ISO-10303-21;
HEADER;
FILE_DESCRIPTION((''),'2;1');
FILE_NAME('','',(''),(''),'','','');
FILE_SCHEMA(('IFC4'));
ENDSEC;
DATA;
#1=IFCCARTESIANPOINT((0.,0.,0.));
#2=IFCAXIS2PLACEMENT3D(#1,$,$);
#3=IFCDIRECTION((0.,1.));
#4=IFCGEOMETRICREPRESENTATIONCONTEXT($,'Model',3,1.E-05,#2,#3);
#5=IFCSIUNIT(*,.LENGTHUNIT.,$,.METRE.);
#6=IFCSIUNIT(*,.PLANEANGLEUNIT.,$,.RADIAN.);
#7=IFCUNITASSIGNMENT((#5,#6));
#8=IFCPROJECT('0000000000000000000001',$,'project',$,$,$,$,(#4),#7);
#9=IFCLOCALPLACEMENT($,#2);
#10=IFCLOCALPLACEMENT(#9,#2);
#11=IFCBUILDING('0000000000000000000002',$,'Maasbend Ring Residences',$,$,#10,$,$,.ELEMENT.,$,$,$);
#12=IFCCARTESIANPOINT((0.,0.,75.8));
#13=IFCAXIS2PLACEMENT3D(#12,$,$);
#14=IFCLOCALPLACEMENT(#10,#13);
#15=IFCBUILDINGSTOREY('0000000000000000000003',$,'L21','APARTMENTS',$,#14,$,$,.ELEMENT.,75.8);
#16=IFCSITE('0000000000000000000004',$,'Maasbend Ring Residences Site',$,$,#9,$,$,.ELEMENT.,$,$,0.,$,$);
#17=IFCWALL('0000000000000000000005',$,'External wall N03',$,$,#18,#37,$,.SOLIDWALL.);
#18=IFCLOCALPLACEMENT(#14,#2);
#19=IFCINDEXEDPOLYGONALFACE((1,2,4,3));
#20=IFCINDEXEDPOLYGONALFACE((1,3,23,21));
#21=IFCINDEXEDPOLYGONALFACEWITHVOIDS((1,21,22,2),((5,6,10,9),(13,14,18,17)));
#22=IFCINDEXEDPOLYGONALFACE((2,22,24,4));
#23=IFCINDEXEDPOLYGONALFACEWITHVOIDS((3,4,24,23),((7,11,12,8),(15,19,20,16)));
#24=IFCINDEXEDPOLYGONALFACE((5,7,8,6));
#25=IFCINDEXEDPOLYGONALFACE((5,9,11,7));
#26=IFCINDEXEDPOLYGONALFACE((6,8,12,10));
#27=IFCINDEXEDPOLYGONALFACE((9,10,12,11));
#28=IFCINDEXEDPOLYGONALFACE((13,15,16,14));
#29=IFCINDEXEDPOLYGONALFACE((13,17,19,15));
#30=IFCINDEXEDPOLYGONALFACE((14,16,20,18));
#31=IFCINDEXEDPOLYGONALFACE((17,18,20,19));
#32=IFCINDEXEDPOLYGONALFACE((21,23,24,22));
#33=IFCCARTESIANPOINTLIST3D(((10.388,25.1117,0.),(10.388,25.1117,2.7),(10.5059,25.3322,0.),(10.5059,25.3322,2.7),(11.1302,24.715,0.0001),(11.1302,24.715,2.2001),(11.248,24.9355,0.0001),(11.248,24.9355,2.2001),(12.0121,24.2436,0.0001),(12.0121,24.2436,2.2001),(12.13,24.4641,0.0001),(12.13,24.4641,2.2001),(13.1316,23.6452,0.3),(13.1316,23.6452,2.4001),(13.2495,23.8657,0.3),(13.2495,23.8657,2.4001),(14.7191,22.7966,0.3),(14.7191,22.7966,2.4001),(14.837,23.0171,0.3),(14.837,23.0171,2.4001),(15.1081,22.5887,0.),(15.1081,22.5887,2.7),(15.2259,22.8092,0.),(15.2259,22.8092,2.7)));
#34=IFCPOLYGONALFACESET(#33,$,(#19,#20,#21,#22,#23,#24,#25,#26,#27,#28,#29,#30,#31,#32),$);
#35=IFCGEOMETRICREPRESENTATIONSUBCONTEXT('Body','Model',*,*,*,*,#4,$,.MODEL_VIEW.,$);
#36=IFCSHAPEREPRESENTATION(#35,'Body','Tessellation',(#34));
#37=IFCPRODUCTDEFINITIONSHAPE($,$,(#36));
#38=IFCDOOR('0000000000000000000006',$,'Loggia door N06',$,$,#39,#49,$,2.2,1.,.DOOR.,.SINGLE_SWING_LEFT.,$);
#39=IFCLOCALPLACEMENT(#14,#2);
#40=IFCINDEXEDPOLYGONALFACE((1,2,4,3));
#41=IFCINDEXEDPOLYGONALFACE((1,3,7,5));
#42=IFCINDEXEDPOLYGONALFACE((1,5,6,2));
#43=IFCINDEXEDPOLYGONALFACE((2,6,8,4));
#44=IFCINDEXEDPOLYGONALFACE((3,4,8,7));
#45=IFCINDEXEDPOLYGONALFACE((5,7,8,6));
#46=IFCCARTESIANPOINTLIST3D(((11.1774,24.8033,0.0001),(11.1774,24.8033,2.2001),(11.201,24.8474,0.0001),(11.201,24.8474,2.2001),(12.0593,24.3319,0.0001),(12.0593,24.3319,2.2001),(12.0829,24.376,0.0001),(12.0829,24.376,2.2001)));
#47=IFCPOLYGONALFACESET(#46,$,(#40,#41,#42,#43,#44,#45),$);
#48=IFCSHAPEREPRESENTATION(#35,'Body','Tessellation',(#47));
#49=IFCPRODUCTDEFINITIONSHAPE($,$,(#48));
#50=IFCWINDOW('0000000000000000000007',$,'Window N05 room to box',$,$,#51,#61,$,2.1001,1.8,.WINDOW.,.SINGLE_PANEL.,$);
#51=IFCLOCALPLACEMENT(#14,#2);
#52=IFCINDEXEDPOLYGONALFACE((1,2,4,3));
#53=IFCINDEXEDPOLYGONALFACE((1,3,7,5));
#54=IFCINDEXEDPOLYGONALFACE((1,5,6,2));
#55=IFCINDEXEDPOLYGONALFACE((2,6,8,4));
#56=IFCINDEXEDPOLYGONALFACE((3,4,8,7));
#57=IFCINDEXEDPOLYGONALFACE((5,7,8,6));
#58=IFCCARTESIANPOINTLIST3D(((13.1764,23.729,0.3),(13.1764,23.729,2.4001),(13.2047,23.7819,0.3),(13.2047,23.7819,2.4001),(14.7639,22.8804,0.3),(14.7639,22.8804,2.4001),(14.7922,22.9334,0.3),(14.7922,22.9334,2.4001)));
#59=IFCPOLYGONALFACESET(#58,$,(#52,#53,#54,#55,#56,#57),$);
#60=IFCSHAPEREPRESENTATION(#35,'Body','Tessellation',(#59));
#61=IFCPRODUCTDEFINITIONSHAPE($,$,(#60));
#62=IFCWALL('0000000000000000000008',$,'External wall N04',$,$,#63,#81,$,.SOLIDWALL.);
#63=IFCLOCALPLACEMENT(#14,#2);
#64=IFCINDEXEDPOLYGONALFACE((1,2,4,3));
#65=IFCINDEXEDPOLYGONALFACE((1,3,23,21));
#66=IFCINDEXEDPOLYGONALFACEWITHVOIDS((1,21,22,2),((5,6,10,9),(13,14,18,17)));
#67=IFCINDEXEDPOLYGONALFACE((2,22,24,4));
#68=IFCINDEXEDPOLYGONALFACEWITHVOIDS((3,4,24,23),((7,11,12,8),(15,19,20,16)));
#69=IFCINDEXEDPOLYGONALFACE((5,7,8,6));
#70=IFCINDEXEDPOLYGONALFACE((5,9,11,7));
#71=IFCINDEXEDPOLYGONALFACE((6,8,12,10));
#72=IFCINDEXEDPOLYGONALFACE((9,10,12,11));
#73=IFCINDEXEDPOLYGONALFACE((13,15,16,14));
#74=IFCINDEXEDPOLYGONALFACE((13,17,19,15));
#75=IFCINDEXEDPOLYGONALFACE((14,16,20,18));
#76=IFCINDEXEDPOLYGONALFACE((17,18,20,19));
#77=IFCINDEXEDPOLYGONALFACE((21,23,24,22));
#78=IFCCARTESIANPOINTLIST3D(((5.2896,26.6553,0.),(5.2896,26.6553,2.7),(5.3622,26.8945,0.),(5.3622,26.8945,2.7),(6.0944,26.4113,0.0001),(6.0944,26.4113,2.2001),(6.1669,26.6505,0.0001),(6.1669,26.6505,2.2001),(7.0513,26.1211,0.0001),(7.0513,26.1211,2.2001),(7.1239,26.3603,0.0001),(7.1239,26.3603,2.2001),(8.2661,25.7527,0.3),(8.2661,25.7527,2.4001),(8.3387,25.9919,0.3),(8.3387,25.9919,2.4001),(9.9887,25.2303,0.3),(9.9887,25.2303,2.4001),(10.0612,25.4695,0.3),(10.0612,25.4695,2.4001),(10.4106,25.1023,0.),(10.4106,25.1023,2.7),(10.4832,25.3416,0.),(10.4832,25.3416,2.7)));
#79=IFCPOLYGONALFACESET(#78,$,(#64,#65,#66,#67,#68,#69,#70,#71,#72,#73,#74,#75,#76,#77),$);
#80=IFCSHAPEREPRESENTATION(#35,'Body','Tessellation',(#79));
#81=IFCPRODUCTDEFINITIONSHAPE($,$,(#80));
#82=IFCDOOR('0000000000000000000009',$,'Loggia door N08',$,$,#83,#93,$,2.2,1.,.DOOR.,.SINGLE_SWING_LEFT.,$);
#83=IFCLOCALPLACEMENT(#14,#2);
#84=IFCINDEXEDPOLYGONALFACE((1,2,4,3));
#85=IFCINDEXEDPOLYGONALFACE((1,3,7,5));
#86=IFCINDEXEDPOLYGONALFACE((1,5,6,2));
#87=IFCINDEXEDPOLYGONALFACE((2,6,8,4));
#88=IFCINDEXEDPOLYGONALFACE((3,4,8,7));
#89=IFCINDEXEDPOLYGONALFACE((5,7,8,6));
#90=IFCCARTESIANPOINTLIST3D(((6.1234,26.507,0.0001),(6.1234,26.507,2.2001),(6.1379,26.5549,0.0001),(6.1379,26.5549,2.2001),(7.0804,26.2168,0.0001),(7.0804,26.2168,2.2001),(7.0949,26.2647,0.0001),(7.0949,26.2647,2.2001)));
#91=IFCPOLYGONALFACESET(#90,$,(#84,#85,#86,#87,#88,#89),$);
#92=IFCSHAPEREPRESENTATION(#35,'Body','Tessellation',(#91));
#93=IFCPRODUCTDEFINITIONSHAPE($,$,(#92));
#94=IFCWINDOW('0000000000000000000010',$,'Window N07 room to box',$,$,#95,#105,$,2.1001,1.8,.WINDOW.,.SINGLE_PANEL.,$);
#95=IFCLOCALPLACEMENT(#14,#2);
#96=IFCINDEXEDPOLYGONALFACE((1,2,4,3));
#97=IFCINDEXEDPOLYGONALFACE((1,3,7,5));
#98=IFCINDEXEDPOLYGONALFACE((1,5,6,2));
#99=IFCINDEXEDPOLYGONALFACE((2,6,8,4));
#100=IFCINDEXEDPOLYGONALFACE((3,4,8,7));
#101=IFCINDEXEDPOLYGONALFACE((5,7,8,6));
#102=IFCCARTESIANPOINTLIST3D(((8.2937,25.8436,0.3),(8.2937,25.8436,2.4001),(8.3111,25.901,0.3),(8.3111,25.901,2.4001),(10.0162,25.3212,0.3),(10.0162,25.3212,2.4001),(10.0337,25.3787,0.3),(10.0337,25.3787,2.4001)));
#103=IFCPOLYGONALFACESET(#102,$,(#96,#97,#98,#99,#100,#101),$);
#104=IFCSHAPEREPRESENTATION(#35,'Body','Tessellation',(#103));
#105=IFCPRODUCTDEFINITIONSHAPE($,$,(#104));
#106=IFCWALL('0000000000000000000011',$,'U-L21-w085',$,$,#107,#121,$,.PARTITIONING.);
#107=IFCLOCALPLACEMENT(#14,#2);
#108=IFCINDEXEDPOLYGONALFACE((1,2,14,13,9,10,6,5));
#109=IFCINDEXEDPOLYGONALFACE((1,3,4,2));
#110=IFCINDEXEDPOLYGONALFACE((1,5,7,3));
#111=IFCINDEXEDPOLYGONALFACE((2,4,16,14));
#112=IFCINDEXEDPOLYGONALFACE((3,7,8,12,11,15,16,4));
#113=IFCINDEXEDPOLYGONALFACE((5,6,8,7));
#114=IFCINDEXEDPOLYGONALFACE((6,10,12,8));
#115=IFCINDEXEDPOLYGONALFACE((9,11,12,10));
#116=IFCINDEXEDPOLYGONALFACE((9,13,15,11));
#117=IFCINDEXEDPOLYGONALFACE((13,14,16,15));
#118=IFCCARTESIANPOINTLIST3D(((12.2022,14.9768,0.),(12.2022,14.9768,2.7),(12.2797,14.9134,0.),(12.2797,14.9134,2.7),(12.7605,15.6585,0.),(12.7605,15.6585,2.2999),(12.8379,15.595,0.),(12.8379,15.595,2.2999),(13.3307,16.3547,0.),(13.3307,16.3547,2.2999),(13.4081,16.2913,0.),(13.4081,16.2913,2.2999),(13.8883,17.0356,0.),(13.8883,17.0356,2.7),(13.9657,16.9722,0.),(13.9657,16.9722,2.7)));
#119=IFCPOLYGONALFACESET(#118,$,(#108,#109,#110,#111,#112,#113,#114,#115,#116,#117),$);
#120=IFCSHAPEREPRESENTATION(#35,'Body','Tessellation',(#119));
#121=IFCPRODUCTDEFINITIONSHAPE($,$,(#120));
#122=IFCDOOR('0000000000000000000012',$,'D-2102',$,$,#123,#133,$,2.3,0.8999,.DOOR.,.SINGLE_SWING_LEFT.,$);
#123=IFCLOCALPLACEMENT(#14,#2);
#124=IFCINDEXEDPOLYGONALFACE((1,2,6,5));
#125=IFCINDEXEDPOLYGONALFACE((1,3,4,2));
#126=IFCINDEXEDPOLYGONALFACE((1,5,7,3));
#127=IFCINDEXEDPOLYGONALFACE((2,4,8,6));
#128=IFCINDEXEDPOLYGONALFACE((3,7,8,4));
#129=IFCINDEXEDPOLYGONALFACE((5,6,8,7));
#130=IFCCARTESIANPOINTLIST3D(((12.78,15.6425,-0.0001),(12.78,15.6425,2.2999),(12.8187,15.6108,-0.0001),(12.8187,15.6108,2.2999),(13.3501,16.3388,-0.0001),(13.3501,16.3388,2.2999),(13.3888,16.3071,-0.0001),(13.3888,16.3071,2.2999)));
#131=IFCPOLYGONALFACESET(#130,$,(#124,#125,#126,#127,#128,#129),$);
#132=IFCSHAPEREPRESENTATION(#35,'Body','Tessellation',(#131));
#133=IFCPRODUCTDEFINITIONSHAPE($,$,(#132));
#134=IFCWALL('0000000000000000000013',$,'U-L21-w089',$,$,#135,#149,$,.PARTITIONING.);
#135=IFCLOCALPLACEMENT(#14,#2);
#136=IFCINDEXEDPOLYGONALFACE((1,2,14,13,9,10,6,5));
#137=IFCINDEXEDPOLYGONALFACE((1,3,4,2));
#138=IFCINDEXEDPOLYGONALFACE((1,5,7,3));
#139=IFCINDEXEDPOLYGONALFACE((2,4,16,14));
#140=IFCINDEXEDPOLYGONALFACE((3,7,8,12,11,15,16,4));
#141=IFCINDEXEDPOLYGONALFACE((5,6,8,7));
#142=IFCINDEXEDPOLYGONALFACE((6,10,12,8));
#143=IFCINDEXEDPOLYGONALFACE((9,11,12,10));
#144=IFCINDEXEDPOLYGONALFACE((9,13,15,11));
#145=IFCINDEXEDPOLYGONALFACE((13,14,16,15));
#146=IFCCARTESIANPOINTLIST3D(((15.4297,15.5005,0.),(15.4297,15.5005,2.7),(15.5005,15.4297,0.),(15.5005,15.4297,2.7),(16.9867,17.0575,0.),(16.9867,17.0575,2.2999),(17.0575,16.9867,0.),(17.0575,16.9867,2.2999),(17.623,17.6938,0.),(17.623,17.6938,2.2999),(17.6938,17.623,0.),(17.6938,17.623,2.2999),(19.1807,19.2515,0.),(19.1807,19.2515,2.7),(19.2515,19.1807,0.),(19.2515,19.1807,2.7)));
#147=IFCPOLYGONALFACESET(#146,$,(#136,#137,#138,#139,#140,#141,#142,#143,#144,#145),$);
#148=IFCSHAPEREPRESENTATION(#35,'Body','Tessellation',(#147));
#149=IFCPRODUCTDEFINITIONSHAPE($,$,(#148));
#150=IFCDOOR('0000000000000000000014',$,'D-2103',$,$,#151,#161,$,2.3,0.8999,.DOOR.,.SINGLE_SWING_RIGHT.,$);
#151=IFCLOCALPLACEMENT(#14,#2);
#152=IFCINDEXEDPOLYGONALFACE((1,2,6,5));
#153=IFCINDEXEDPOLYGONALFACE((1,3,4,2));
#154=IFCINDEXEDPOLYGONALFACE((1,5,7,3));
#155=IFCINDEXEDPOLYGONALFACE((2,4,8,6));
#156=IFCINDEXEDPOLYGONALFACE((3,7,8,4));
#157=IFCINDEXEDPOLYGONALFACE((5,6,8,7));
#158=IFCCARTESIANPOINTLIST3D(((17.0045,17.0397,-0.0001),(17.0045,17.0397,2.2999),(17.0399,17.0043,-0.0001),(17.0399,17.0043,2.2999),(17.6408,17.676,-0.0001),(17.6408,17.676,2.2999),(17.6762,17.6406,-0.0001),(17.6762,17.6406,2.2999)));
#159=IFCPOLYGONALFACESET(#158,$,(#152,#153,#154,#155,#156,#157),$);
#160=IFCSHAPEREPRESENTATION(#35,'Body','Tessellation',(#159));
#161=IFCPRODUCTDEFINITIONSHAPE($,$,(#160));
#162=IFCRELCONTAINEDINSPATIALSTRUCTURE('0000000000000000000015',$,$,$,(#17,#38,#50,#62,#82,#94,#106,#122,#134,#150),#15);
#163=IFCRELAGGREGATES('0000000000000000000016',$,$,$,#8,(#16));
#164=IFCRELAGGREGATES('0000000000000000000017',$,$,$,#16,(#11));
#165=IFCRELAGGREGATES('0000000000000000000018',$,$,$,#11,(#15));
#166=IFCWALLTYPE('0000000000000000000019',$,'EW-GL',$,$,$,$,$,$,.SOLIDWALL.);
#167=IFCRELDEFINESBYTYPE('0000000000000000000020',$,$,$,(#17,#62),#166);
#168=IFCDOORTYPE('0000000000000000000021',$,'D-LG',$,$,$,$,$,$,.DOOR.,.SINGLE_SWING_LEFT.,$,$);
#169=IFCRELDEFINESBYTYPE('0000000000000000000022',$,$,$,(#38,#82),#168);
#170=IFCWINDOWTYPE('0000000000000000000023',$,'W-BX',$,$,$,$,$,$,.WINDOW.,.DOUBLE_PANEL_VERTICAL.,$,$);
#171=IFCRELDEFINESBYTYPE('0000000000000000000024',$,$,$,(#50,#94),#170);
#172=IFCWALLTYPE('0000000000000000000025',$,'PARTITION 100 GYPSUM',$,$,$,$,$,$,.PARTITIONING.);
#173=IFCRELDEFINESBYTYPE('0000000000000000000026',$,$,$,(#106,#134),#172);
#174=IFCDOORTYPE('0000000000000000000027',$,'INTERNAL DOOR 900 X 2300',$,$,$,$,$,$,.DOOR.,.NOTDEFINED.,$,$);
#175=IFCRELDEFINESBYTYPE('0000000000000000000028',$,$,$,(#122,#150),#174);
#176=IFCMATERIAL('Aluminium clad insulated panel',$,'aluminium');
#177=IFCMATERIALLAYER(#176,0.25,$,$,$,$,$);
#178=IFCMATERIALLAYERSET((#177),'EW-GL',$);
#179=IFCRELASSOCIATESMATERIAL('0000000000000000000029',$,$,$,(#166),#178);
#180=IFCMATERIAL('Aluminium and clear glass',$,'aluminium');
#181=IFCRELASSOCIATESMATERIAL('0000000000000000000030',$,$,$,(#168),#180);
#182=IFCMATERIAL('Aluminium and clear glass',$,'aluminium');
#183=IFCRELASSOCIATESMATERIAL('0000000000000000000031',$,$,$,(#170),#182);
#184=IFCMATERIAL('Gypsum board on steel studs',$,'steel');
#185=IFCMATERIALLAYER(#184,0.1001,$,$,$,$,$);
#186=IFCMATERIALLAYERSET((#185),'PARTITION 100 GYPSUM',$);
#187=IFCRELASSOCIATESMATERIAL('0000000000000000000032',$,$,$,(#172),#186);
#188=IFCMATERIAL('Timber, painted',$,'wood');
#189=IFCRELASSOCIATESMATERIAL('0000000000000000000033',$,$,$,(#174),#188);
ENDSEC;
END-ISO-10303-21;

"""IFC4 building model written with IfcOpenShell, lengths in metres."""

from ifc_helpers import new_model, si_unit, direction, frame, frame_2d, origin, place, context, subcontext, project, spatial, rectangle, extrude, material, layer, layer_set, type_object, element, fill, save


model = new_model("IFC4")

# Units and contexts
model_context = context("Model", 3, precision=1e-05, world=origin(), true_north=direction((0.0, 1.0)))
body_context = subcontext(model_context, "Body", "Model", "MODEL_VIEW")
ifc_project = project(units=[si_unit("LENGTHUNIT", "METRE"), si_unit("PLANEANGLEUNIT", "RADIAN")], contexts=[model_context])

# Site, building, storey
site_placement = place(None, origin())
site = spatial("IfcSite", under=ifc_project, at=site_placement, Name="Maasbend Ring Residences Site", CompositionType="ELEMENT", RefElevation=0.0)
building_placement = place(site_placement, origin())
building = spatial("IfcBuilding", under=site, at=building_placement, Name="Maasbend Ring Residences", CompositionType="ELEMENT")
storey_placement = place(building_placement, frame((0.0, 0.0, 75.8)))
storey = spatial("IfcBuildingStorey", under=building, at=storey_placement, Name="L21", Description="APARTMENTS", CompositionType="ELEMENT", Elevation=75.8)

# Walls, openings, doors, windows
ifc_material_1 = material(Name="Aluminium clad insulated panel", Category="aluminium")
ifc_layer_1 = layer(ifc_material_1, 0.25)
ifc_layer_set_1 = layer_set([ifc_layer_1], Name="EW-GL")
wall_type_1 = type_object("IfcWallType", Name="EW-GL", PredefinedType="SOLIDWALL", material=ifc_layer_set_1)
wall_1_placement = place(storey_placement, frame((15.167, 22.699, 0.0), z_axis=(0.0, 0.0, 1.0), x_axis=(-0.881916, 0.471407, 0.0)))
wall_1 = element("IfcWall", 1, at=wall_1_placement, inside=storey, type_object=wall_type_1, Name="External wall N03", PredefinedType="SOLIDWALL", context=body_context, shape_type="SweptSolid", body=[
    extrude(rectangle(XDim=5.3521, YDim=0.25, at=frame_2d((2.676, 0.0))), origin(), (0.0, 0.0, 1.0), 2.7),
])
opening_1_placement = place(wall_1_placement, frame((0.4412, 0.0, 0.3)))
opening_1 = element("IfcOpeningElement", 2, at=opening_1_placement, cuts=wall_1, PredefinedType="OPENING", context=body_context, shape_type="SweptSolid", body=[
    extrude(rectangle(XDim=1.8, YDim=2.1001, at=frame_2d((0.8999, 1.05))), frame((0.0, 0.135, 0.0), z_axis=(0.0, -1.0, 0.0), x_axis=(1.0, 0.0, 0.0)), (0.0, 0.0, 1.0), 0.27),
])
opening_2_placement = place(wall_1_placement, frame((3.5105, 0.0, 0.0)))
opening_2 = element("IfcOpeningElement", 3, at=opening_2_placement, cuts=wall_1, PredefinedType="OPENING", context=body_context, shape_type="SweptSolid", body=[
    extrude(rectangle(XDim=1.0, YDim=2.2, at=frame_2d((0.5, 1.1001))), frame((0.0, 0.135, 0.0), z_axis=(0.0, -1.0, 0.0), x_axis=(1.0, 0.0, 0.0)), (0.0, 0.0, 1.0), 0.27),
])
ifc_material_2 = material(Name="Aluminium and clear glass", Category="aluminium")
door_type_1 = type_object("IfcDoorType", Name="D-LG", OperationType="SINGLE_SWING_LEFT", PredefinedType="DOOR", material=ifc_material_2)
door_1_placement = place(opening_2_placement, origin())
door_1 = element("IfcDoor", 4, at=door_1_placement, inside=storey, type_object=door_type_1, Name="Loggia door N06", OperationType="SINGLE_SWING_LEFT", OverallHeight=2.2, OverallWidth=1.0, PredefinedType="DOOR", context=body_context, shape_type="SweptSolid", body=[
    extrude(rectangle(XDim=1.0, YDim=2.2, at=frame_2d((0.5, 1.1001))), frame((0.0, 0.0249, 0.0), z_axis=(0.0, -1.0, 0.0), x_axis=(1.0, 0.0, 0.0)), (0.0, 0.0, 1.0), 0.05),
])
fill(opening_2, door_1)
ifc_material_3 = material(Name="Aluminium and clear glass", Category="aluminium")
window_type_1 = type_object("IfcWindowType", Name="W-BX", PartitioningType="DOUBLE_PANEL_VERTICAL", PredefinedType="WINDOW", material=ifc_material_3)
window_1_placement = place(opening_1_placement, origin())
window_1 = element("IfcWindow", 5, at=window_1_placement, inside=storey, type_object=window_type_1, Name="Window N05 room to box", OverallHeight=2.1001, OverallWidth=1.8, PartitioningType="SINGLE_PANEL", PredefinedType="WINDOW", context=body_context, shape_type="SweptSolid", body=[
    extrude(rectangle(XDim=1.8, YDim=2.1001, at=frame_2d((0.8999, 1.05))), frame((0.0, 0.03, 0.0), z_axis=(0.0, -1.0, 0.0), x_axis=(1.0, 0.0, 0.0)), (0.0, 0.0, 1.0), 0.0601),
])
fill(opening_1, window_1)
wall_2_placement = place(storey_placement, frame((10.447, 25.2219, 0.0), z_axis=(0.0, 0.0, 1.0), x_axis=(-0.956966, 0.290201, 0.0)))
wall_2 = element("IfcWall", 6, at=wall_2_placement, inside=storey, type_object=wall_type_1, Name="External wall N04", PredefinedType="SOLIDWALL", context=body_context, shape_type="SweptSolid", body=[
    extrude(rectangle(XDim=5.3513, YDim=0.25, at=frame_2d((2.6758, 0.0))), origin(), (0.0, 0.0, 1.0), 2.7),
])
opening_3_placement = place(wall_2_placement, frame((0.4412, 0.0, 0.3)))
opening_3 = element("IfcOpeningElement", 7, at=opening_3_placement, cuts=wall_2, PredefinedType="OPENING", context=body_context, shape_type="SweptSolid", body=[
    extrude(rectangle(XDim=1.8, YDim=2.1001, at=frame_2d((0.8999, 1.05))), frame((0.0, 0.135, 0.0), z_axis=(0.0, -1.0, 0.0), x_axis=(1.0, 0.0, 0.0)), (0.0, 0.0, 1.0), 0.27),
])
opening_4_placement = place(wall_2_placement, frame((3.5105, 0.0, 0.0)))
opening_4 = element("IfcOpeningElement", 8, at=opening_4_placement, cuts=wall_2, PredefinedType="OPENING", context=body_context, shape_type="SweptSolid", body=[
    extrude(rectangle(XDim=1.0, YDim=2.2, at=frame_2d((0.5, 1.1001))), frame((0.0, 0.135, 0.0), z_axis=(0.0, -1.0, 0.0), x_axis=(1.0, 0.0, 0.0)), (0.0, 0.0, 1.0), 0.27),
])
door_2_placement = place(opening_4_placement, origin())
door_2 = element("IfcDoor", 9, at=door_2_placement, inside=storey, type_object=door_type_1, Name="Loggia door N08", OperationType="SINGLE_SWING_LEFT", OverallHeight=2.2, OverallWidth=1.0, PredefinedType="DOOR", context=body_context, shape_type="SweptSolid", body=[
    extrude(rectangle(XDim=1.0, YDim=2.2, at=frame_2d((0.5, 1.1001))), frame((0.0, 0.0249, 0.0), z_axis=(0.0, -1.0, 0.0), x_axis=(1.0, 0.0, 0.0)), (0.0, 0.0, 1.0), 0.05),
])
fill(opening_4, door_2)
window_2_placement = place(opening_3_placement, origin())
window_2 = element("IfcWindow", 10, at=window_2_placement, inside=storey, type_object=window_type_1, Name="Window N07 room to box", OverallHeight=2.1001, OverallWidth=1.8, PartitioningType="SINGLE_PANEL", PredefinedType="WINDOW", context=body_context, shape_type="SweptSolid", body=[
    extrude(rectangle(XDim=1.8, YDim=2.1001, at=frame_2d((0.8999, 1.05))), frame((0.0, 0.03, 0.0), z_axis=(0.0, -1.0, 0.0), x_axis=(1.0, 0.0, 0.0)), (0.0, 0.0, 1.0), 0.0601),
])
fill(opening_3, window_2)

# Walls, openings, doors
ifc_material_4 = material(Name="Gypsum board on steel studs", Category="steel")
ifc_layer_2 = layer(ifc_material_4, 0.1001)
ifc_layer_set_2 = layer_set([ifc_layer_2], Name="PARTITION 100 GYPSUM")
wall_type_2 = type_object("IfcWallType", Name="PARTITION 100 GYPSUM", PredefinedType="PARTITIONING", material=ifc_layer_set_2)
wall_3_placement = place(storey_placement, frame((12.241, 14.9451, 0.0), z_axis=(0.0, 0.0, 1.0), x_axis=(0.633582, 0.773675, 0.0)))
wall_3 = element("IfcWall", 11, at=wall_3_placement, inside=storey, type_object=wall_type_2, Name="U-L21-w085", PredefinedType="PARTITIONING", context=body_context, shape_type="SweptSolid", body=[
    extrude(rectangle(XDim=2.6611, YDim=0.1001, at=frame_2d((1.3306, 0.0))), origin(), (0.0, 0.0, 1.0), 2.7),
])
opening_5_placement = place(wall_3_placement, frame((0.8811, 0.0, 0.0)))
opening_5 = element("IfcOpeningElement", 12, at=opening_5_placement, cuts=wall_3, PredefinedType="OPENING", context=body_context, shape_type="SweptSolid", body=[
    extrude(rectangle(XDim=0.8999, YDim=2.3, at=frame_2d((0.45, 1.1499))), frame((0.0, 0.0601, 0.0), z_axis=(0.0, -1.0, 0.0), x_axis=(1.0, 0.0, 0.0)), (0.0, 0.0, 1.0), 0.1201),
])
ifc_material_5 = material(Name="Timber, painted", Category="wood")
door_type_2 = type_object("IfcDoorType", Name="INTERNAL DOOR 900 X 2300", OperationType="NOTDEFINED", PredefinedType="DOOR", material=ifc_material_5)
door_3_placement = place(opening_5_placement, origin())
door_3 = element("IfcDoor", 13, at=door_3_placement, inside=storey, type_object=door_type_2, Name="D-2102", OperationType="SINGLE_SWING_LEFT", OverallHeight=2.3, OverallWidth=0.8999, PredefinedType="DOOR", context=body_context, shape_type="SweptSolid", body=[
    extrude(rectangle(XDim=0.8999, YDim=2.3, at=frame_2d((0.45, 1.1499))), frame((0.0, 0.0249, 0.0), z_axis=(0.0, -1.0, 0.0), x_axis=(1.0, 0.0, 0.0)), (0.0, 0.0, 1.0), 0.05),
])
fill(opening_5, door_3)
wall_4_placement = place(storey_placement, frame((15.4651, 15.4651, 0.0), z_axis=(0.0, 0.0, 1.0), x_axis=(0.707107, 0.707107, 0.0)))
wall_4 = element("IfcWall", 14, at=wall_4_placement, inside=storey, type_object=wall_type_2, Name="U-L21-w089", PredefinedType="PARTITIONING", context=body_context, shape_type="SweptSolid", body=[
    extrude(rectangle(XDim=5.3047, YDim=0.1001, at=frame_2d((2.6523, 0.0))), origin(), (0.0, 0.0, 1.0), 2.7),
])
opening_6_placement = place(wall_4_placement, frame((2.2019, 0.0, 0.0)))
opening_6 = element("IfcOpeningElement", 15, at=opening_6_placement, cuts=wall_4, PredefinedType="OPENING", context=body_context, shape_type="SweptSolid", body=[
    extrude(rectangle(XDim=0.8999, YDim=2.3, at=frame_2d((0.45, 1.1499))), frame((0.0, 0.0601, 0.0), z_axis=(0.0, -1.0, 0.0), x_axis=(1.0, 0.0, 0.0)), (0.0, 0.0, 1.0), 0.1201),
])
door_4_placement = place(opening_6_placement, origin())
door_4 = element("IfcDoor", 16, at=door_4_placement, inside=storey, type_object=door_type_2, Name="D-2103", OperationType="SINGLE_SWING_RIGHT", OverallHeight=2.3, OverallWidth=0.8999, PredefinedType="DOOR", context=body_context, shape_type="SweptSolid", body=[
    extrude(rectangle(XDim=0.8999, YDim=2.3, at=frame_2d((0.45, 1.1499))), frame((0.0, 0.0249, 0.0), z_axis=(0.0, -1.0, 0.0), x_axis=(1.0, 0.0, 0.0)), (0.0, 0.0, 1.0), 0.05),
])
fill(opening_6, door_4)

save(model, "model.ifc")
